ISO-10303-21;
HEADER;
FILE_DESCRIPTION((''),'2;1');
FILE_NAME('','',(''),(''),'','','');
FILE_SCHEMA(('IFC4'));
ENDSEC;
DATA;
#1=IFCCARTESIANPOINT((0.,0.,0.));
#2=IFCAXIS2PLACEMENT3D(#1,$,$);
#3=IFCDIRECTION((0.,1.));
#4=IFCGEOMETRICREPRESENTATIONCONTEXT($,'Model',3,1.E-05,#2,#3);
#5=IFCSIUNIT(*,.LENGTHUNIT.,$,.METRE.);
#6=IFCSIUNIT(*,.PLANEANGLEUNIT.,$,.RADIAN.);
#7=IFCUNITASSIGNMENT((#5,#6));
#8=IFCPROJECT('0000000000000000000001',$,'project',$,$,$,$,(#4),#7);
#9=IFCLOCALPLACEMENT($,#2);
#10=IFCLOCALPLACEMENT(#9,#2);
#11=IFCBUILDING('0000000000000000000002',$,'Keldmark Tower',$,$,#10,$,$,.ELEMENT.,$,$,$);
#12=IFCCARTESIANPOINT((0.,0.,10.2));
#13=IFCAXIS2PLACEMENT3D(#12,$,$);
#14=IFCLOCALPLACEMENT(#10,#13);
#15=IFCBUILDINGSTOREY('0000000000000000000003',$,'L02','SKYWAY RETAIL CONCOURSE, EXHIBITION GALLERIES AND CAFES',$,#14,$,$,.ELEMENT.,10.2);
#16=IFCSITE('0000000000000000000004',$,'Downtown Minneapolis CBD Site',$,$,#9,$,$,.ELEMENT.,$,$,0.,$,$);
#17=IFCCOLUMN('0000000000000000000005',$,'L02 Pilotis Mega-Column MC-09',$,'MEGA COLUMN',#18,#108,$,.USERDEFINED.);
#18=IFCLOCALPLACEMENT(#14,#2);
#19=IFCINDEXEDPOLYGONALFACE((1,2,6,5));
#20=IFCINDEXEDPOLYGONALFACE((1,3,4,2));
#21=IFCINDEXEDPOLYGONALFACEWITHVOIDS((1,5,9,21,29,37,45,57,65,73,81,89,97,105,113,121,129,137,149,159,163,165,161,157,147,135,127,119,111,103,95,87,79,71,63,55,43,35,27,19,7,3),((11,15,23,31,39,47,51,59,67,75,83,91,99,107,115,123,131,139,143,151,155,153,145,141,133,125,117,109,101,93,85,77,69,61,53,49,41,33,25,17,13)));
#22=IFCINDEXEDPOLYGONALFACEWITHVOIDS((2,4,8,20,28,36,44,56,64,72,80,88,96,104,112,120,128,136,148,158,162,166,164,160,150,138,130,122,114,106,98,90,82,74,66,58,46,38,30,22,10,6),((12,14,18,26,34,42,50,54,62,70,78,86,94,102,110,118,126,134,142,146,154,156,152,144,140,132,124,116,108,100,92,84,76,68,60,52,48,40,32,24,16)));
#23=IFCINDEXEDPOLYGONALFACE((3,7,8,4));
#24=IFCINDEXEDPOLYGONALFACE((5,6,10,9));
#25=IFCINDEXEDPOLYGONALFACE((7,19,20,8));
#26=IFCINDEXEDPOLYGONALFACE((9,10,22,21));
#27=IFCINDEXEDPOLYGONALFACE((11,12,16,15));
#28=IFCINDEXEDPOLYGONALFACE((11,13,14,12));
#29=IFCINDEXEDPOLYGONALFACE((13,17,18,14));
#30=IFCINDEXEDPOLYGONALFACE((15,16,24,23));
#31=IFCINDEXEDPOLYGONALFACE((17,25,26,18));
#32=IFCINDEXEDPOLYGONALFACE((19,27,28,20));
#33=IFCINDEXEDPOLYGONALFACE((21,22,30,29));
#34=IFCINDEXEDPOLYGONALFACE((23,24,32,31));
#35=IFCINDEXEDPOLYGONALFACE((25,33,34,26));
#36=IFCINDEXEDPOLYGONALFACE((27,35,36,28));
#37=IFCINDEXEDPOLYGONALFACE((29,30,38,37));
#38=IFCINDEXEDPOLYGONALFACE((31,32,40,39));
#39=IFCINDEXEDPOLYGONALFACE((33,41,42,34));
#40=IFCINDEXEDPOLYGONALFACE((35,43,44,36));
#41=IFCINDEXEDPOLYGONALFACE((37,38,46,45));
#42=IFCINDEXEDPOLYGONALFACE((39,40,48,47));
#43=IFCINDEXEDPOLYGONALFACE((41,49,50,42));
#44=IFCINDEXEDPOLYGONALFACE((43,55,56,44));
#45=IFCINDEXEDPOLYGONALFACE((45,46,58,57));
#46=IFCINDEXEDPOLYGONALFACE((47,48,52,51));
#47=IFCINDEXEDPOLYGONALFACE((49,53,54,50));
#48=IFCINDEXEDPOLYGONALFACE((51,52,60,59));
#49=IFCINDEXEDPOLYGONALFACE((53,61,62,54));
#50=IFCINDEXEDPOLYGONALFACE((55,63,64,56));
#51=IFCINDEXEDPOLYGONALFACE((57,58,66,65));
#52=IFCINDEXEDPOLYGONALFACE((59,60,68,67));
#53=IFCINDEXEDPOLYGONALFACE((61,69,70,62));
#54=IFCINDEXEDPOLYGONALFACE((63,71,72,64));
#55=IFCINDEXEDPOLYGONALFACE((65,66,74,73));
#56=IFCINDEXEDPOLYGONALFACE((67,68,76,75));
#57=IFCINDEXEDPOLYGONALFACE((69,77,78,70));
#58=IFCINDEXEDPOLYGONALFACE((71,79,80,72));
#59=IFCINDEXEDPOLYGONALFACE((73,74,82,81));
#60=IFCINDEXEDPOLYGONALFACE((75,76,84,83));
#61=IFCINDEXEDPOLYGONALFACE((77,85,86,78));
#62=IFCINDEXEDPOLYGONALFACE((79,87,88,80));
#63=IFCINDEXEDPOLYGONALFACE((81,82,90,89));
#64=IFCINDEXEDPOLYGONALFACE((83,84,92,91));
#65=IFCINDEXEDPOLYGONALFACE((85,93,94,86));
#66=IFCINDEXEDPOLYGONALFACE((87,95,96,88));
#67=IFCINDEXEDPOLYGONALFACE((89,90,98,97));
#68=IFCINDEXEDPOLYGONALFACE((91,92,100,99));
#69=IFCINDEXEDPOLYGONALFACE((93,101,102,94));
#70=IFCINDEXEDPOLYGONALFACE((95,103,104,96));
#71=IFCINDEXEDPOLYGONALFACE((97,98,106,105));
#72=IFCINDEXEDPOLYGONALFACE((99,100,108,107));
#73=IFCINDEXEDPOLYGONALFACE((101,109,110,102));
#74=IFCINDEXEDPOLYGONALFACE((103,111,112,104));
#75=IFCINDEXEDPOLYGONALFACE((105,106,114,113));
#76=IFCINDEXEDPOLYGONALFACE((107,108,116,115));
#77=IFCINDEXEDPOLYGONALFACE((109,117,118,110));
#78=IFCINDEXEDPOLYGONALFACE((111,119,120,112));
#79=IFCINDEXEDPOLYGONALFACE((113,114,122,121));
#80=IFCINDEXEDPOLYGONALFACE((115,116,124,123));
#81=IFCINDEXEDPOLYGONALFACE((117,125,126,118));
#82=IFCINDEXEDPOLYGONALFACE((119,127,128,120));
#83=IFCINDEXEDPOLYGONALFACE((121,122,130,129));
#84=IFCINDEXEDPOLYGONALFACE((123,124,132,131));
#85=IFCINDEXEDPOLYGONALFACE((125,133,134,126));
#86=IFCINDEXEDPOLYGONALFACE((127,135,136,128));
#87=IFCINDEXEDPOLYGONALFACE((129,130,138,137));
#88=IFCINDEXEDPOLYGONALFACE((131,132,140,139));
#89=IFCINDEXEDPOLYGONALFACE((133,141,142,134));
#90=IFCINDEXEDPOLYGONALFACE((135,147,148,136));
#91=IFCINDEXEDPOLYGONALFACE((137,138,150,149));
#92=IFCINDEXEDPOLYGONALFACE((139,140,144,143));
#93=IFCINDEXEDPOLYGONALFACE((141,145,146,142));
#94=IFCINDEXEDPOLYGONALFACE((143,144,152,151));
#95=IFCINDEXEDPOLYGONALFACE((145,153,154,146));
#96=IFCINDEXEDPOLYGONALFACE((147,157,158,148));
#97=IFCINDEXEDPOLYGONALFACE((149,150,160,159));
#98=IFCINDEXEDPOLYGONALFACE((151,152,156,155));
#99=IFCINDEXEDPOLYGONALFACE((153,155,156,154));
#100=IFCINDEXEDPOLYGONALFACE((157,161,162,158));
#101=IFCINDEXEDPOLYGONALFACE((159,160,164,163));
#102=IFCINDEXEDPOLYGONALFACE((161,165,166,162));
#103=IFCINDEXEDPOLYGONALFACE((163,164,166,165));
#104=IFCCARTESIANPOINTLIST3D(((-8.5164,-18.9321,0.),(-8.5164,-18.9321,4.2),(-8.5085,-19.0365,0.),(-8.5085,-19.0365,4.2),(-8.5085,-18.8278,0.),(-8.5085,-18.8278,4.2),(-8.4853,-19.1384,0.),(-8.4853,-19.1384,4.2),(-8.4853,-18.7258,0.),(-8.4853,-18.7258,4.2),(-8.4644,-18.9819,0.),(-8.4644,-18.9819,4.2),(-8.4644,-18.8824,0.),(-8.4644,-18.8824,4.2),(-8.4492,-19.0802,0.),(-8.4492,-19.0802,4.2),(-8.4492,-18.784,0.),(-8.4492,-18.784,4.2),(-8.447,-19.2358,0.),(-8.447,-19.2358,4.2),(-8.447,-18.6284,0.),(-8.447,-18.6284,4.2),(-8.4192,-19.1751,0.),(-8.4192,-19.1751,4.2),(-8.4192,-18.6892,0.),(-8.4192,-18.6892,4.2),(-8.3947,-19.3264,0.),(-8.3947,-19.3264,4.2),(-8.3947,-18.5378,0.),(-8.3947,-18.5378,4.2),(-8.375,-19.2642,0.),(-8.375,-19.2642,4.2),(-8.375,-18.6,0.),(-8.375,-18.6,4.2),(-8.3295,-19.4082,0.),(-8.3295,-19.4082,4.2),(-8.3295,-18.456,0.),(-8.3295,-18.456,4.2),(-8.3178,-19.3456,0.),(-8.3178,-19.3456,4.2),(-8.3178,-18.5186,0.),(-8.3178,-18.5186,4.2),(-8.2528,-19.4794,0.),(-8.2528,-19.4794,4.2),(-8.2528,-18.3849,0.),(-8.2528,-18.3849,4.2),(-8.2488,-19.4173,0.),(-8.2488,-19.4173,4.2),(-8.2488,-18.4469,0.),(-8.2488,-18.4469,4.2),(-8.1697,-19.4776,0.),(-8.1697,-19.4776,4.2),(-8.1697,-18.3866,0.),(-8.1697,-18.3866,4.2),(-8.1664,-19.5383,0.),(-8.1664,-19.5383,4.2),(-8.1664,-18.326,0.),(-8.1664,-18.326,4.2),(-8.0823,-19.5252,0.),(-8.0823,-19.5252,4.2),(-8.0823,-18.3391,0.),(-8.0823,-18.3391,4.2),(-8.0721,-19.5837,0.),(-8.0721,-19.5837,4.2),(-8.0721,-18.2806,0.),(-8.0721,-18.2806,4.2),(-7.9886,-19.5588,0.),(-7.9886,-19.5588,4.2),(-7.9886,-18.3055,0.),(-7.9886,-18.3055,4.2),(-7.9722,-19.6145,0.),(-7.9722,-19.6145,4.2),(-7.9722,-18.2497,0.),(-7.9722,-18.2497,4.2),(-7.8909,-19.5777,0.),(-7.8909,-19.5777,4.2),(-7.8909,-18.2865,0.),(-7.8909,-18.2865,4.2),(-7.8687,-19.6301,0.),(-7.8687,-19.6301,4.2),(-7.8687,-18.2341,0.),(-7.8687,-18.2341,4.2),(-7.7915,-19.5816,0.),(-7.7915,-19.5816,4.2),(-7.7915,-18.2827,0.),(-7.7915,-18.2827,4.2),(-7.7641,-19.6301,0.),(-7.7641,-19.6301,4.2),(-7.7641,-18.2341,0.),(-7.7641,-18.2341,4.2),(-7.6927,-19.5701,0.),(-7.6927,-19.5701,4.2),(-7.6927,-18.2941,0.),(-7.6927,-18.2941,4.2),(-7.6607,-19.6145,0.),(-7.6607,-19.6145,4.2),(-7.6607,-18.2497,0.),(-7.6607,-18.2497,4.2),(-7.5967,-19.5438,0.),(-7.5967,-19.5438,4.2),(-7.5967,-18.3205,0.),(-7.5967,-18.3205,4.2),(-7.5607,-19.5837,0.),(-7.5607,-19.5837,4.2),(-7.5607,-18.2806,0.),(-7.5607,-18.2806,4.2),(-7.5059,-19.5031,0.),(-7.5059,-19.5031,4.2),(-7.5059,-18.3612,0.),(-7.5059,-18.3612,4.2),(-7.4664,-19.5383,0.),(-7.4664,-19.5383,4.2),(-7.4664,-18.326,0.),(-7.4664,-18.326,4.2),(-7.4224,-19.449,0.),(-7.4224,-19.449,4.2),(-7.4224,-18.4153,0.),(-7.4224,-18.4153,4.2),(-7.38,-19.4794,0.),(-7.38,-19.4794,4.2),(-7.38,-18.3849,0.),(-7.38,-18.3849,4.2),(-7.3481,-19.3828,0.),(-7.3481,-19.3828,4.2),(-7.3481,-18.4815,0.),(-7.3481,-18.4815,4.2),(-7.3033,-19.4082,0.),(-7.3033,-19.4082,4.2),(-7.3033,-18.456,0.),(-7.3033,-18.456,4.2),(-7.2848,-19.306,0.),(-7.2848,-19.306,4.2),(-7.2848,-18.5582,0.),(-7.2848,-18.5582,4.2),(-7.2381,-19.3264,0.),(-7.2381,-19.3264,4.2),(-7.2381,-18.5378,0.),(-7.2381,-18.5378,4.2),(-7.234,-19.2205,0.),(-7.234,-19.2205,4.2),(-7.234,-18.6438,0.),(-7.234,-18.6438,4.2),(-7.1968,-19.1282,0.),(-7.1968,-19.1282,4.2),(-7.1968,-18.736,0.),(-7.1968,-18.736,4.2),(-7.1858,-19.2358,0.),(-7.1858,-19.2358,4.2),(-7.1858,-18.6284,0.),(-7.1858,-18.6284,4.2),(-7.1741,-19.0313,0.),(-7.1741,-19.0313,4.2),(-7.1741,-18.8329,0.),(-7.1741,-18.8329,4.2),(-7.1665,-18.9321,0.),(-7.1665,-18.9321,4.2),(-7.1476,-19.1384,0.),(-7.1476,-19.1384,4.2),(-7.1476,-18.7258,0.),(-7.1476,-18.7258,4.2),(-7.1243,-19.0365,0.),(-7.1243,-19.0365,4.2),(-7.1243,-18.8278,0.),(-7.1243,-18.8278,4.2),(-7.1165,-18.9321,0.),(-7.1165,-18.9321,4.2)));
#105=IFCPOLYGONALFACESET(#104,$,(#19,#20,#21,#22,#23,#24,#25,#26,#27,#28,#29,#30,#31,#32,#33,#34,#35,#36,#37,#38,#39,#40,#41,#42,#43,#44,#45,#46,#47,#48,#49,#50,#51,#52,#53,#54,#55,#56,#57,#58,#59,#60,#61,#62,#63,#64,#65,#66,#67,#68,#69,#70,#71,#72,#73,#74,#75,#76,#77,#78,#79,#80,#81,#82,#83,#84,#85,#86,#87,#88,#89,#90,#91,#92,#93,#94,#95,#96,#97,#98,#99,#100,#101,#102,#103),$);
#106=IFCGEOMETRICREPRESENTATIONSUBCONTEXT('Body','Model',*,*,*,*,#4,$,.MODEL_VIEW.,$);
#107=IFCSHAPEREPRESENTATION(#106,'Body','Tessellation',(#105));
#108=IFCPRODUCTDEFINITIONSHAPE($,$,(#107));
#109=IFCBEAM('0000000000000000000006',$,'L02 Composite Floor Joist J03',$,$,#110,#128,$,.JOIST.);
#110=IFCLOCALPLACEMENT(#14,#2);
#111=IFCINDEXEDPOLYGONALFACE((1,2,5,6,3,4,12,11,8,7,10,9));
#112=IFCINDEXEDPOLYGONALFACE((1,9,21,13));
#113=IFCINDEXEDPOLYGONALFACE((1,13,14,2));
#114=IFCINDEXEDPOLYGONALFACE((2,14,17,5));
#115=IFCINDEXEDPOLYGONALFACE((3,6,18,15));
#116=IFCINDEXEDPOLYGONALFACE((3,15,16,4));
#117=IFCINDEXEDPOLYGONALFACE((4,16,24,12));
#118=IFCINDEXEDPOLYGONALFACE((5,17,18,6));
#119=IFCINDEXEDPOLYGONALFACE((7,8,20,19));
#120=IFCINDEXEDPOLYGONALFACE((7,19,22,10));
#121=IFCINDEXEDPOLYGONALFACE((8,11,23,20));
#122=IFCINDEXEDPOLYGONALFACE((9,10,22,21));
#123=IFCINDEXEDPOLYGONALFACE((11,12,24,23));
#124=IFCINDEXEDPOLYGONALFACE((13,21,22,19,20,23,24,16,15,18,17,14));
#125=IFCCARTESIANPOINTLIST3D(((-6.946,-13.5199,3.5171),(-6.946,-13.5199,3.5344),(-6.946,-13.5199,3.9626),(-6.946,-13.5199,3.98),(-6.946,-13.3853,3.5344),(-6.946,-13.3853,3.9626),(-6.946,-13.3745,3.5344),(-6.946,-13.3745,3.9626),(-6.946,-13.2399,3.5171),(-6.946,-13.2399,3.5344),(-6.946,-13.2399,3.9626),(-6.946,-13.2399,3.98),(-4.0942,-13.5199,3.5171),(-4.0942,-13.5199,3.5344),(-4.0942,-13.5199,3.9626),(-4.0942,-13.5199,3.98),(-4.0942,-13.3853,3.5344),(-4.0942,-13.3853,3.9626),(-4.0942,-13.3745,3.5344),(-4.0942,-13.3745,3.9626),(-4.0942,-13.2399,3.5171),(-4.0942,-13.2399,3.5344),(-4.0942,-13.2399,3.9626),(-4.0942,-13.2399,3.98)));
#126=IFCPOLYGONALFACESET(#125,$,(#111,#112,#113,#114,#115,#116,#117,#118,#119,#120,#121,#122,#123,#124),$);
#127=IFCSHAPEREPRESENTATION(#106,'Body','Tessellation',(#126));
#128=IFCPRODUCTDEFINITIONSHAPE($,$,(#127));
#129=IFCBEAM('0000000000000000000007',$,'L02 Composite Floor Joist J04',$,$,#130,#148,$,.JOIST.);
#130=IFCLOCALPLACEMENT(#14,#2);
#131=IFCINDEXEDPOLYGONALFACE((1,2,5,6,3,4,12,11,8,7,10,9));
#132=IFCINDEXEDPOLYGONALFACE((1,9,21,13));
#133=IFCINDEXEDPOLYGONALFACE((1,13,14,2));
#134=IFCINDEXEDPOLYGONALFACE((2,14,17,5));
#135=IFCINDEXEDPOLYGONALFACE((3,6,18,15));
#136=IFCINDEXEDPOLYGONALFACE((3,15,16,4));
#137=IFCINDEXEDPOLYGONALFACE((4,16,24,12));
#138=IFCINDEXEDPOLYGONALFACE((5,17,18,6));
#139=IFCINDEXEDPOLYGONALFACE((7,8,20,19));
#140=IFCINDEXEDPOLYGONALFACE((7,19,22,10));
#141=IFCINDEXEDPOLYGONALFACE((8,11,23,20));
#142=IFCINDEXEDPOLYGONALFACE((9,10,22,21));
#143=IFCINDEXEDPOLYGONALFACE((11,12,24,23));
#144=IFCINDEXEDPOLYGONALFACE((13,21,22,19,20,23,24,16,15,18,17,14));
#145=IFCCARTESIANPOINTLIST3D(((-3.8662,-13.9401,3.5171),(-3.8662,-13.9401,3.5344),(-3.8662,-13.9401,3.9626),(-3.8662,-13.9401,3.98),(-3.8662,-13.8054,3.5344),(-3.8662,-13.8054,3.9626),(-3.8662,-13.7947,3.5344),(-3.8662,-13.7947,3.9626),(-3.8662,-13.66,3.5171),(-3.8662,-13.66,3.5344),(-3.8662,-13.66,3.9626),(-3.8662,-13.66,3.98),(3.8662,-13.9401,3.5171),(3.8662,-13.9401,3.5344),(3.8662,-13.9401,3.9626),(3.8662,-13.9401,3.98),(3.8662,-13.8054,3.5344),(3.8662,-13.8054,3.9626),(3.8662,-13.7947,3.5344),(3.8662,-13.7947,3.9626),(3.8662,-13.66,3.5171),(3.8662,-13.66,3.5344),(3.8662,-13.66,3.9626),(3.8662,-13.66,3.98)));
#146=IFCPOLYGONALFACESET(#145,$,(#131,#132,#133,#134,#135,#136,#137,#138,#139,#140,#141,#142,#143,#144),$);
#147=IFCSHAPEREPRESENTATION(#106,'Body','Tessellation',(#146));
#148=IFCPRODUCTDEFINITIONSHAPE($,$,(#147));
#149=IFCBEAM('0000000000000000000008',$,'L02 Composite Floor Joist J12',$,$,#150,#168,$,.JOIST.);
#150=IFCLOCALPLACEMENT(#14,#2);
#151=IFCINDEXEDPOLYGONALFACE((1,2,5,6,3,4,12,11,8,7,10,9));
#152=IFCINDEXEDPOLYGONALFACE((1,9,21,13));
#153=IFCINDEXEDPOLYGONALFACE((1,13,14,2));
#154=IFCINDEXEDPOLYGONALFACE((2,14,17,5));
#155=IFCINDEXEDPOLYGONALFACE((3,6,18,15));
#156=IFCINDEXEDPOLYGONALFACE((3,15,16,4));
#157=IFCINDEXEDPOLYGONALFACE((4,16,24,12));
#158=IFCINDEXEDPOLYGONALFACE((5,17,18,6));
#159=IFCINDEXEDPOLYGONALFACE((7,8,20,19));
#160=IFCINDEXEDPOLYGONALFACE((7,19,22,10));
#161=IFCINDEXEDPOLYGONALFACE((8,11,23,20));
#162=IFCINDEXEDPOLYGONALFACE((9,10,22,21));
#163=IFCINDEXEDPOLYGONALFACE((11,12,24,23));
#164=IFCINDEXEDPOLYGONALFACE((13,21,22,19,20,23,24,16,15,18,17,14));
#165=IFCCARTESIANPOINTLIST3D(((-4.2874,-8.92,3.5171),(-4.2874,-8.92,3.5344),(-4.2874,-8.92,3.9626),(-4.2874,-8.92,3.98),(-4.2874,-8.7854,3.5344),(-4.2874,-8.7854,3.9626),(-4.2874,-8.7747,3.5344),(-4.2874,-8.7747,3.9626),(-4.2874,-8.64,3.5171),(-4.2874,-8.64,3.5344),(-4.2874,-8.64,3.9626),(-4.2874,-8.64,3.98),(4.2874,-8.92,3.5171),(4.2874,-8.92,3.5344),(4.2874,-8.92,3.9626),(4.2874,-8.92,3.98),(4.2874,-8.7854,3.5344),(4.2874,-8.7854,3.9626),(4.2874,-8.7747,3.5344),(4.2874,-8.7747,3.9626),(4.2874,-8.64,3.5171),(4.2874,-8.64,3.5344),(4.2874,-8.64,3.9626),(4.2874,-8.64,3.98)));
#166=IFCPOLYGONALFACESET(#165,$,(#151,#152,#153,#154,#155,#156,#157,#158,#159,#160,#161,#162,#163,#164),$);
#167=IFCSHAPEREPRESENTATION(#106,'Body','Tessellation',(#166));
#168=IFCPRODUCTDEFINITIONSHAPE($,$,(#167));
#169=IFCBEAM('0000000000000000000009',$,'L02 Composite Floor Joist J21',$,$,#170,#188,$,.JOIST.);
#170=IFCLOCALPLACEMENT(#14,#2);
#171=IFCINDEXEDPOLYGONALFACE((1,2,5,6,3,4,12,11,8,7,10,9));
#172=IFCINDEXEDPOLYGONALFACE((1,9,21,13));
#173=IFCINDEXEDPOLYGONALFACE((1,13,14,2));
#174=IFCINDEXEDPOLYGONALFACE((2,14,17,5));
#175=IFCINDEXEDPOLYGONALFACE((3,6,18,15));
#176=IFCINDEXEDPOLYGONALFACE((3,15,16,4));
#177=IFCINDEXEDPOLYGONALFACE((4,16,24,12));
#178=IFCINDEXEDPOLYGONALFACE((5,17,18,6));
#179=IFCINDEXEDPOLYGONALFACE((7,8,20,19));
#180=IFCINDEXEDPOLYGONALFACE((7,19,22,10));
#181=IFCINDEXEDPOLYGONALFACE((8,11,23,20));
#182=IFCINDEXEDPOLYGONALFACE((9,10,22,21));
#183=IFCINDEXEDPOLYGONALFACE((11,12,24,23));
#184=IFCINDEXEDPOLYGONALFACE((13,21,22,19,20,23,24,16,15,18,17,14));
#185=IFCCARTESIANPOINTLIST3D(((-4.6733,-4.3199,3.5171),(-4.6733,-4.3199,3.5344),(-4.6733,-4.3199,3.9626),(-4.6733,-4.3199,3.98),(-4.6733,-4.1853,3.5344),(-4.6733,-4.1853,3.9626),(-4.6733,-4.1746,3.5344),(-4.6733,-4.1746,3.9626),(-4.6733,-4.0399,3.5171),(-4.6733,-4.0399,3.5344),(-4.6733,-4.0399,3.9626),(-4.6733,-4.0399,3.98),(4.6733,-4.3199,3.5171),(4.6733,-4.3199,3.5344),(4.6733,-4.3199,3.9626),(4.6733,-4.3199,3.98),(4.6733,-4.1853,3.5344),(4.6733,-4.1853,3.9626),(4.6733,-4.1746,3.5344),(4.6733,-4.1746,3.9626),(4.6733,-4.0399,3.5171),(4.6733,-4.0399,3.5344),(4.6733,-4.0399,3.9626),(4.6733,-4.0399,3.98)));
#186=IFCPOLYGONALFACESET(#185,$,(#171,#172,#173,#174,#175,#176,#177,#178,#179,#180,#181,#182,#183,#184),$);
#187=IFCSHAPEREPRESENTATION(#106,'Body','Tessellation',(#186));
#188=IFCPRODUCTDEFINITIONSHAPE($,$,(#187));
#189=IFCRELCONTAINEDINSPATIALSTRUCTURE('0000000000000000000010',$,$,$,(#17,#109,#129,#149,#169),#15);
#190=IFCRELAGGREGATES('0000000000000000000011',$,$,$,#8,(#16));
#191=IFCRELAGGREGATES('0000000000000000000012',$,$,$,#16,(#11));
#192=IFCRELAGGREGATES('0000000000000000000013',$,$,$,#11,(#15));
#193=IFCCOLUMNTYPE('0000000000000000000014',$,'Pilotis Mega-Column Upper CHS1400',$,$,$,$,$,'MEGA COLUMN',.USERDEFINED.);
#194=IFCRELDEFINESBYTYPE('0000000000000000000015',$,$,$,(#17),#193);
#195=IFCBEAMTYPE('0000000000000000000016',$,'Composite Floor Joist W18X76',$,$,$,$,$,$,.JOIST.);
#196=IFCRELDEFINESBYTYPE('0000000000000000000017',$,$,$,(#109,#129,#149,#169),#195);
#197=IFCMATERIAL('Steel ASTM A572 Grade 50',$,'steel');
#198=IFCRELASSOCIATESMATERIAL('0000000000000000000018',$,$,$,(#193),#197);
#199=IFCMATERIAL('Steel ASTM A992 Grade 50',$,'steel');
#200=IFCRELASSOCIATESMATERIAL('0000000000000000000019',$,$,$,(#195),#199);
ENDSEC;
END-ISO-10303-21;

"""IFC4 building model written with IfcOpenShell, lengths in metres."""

from ifc_helpers import new_model, si_unit, direction, frame, origin, origin_2d, place, context, subcontext, project, spatial, hollow_circle, i_section, extrude, material, material_profile, profile_set, type_object, element, save


model = new_model("IFC4")

# Units and contexts
model_context = context("Model", 3, precision=1e-05, world=origin(), true_north=direction((0.0, 1.0)))
body_context = subcontext(model_context, "Body", "Model", "MODEL_VIEW")
ifc_project = project(units=[si_unit("LENGTHUNIT", "METRE"), si_unit("PLANEANGLEUNIT", "RADIAN")], contexts=[model_context])

# Site, building, storey
site_placement = place(None, origin())
site = spatial("IfcSite", under=ifc_project, at=site_placement, Name="Downtown Minneapolis CBD Site", CompositionType="ELEMENT", RefElevation=0.0)
building_placement = place(site_placement, origin())
building = spatial("IfcBuilding", under=site, at=building_placement, Name="Keldmark Tower", CompositionType="ELEMENT")
storey_placement = place(building_placement, frame((0.0, 0.0, 10.2)))
storey = spatial("IfcBuildingStorey", under=building, at=storey_placement, Name="L02", Description="SKYWAY RETAIL CONCOURSE, EXHIBITION GALLERIES AND CAFES", CompositionType="ELEMENT", Elevation=10.2)

# Column
ifc_material_1 = material(Name="Steel ASTM A572 Grade 50", Category="steel")
ifc_material_profile_1 = material_profile(ifc_material_1, hollow_circle(Radius=0.7, WallThickness=0.05, at=origin_2d()), Name="CHS1400X50")
ifc_profile_set_1 = profile_set([ifc_material_profile_1], Name="Steel ASTM A572 Grade 50")
column_type = type_object("IfcColumnType", Name="Pilotis Mega-Column Upper CHS1400", ElementType="MEGA COLUMN", PredefinedType="USERDEFINED", material=ifc_profile_set_1)
column_placement = place(storey_placement, frame((-7.8164, -18.9321, 0.0), z_axis=(0.0, 0.0, 1.0), x_axis=(1.0, 0.0, 0.0)))
element("IfcColumn", 1, at=column_placement, inside=storey, type_object=column_type, Name="L02 Pilotis Mega-Column MC-09", ObjectType="MEGA COLUMN", PredefinedType="USERDEFINED", context=body_context, shape_type="SweptSolid", body=[
    extrude(hollow_circle(Radius=0.7, WallThickness=0.05, at=origin_2d()), origin(), (0.0, 0.0, 1.0), 4.2),
])

# Beams
ifc_material_2 = material(Name="Steel ASTM A992 Grade 50", Category="steel")
ifc_material_profile_2 = material_profile(ifc_material_2, i_section(OverallWidth=0.28, OverallDepth=0.4629, WebThickness=0.0107, FlangeThickness=0.0173, at=origin_2d()), Name="W18X76")
ifc_profile_set_2 = profile_set([ifc_material_profile_2], Name="Steel ASTM A992 Grade 50")
beam_type_1 = type_object("IfcBeamType", Name="Composite Floor Joist W18X76", PredefinedType="JOIST", material=ifc_profile_set_2)
beam_1_placement = place(storey_placement, frame((-6.946, -13.3799, 3.7485), z_axis=(1.0, 0.0, 0.0), x_axis=(0.0, 1.0, 0.0)))
element("IfcBeam", 2, at=beam_1_placement, inside=storey, type_object=beam_type_1, Name="L02 Composite Floor Joist J03", PredefinedType="JOIST", context=body_context, shape_type="SweptSolid", body=[
    extrude(i_section(OverallWidth=0.28, OverallDepth=0.4629, WebThickness=0.0107, FlangeThickness=0.0173, at=origin_2d()), origin(), (0.0, 0.0, 1.0), 2.8518),
])
beam_2_placement = place(storey_placement, frame((-3.8662, -13.8, 3.7485), z_axis=(1.0, 0.0, 0.0), x_axis=(0.0, 1.0, 0.0)))
element("IfcBeam", 3, at=beam_2_placement, inside=storey, type_object=beam_type_1, Name="L02 Composite Floor Joist J04", PredefinedType="JOIST", context=body_context, shape_type="SweptSolid", body=[
    extrude(i_section(OverallWidth=0.28, OverallDepth=0.4629, WebThickness=0.0107, FlangeThickness=0.0173, at=origin_2d()), origin(), (0.0, 0.0, 1.0), 7.7324),
])
beam_3_placement = place(storey_placement, frame((-4.2874, -8.78, 3.7485), z_axis=(1.0, 0.0, 0.0), x_axis=(0.0, 1.0, 0.0)))
element("IfcBeam", 4, at=beam_3_placement, inside=storey, type_object=beam_type_1, Name="L02 Composite Floor Joist J12", PredefinedType="JOIST", context=body_context, shape_type="SweptSolid", body=[
    extrude(i_section(OverallWidth=0.28, OverallDepth=0.4629, WebThickness=0.0107, FlangeThickness=0.0173, at=origin_2d()), origin(), (0.0, 0.0, 1.0), 8.5747),
])
beam_4_placement = place(storey_placement, frame((-4.6733, -4.1799, 3.7485), z_axis=(1.0, 0.0, 0.0), x_axis=(0.0, 1.0, 0.0)))
element("IfcBeam", 5, at=beam_4_placement, inside=storey, type_object=beam_type_1, Name="L02 Composite Floor Joist J21", PredefinedType="JOIST", context=body_context, shape_type="SweptSolid", body=[
    extrude(i_section(OverallWidth=0.28, OverallDepth=0.4629, WebThickness=0.0107, FlangeThickness=0.0173, at=origin_2d()), origin(), (0.0, 0.0, 1.0), 9.3467),
])

save(model, "model.ifc")
